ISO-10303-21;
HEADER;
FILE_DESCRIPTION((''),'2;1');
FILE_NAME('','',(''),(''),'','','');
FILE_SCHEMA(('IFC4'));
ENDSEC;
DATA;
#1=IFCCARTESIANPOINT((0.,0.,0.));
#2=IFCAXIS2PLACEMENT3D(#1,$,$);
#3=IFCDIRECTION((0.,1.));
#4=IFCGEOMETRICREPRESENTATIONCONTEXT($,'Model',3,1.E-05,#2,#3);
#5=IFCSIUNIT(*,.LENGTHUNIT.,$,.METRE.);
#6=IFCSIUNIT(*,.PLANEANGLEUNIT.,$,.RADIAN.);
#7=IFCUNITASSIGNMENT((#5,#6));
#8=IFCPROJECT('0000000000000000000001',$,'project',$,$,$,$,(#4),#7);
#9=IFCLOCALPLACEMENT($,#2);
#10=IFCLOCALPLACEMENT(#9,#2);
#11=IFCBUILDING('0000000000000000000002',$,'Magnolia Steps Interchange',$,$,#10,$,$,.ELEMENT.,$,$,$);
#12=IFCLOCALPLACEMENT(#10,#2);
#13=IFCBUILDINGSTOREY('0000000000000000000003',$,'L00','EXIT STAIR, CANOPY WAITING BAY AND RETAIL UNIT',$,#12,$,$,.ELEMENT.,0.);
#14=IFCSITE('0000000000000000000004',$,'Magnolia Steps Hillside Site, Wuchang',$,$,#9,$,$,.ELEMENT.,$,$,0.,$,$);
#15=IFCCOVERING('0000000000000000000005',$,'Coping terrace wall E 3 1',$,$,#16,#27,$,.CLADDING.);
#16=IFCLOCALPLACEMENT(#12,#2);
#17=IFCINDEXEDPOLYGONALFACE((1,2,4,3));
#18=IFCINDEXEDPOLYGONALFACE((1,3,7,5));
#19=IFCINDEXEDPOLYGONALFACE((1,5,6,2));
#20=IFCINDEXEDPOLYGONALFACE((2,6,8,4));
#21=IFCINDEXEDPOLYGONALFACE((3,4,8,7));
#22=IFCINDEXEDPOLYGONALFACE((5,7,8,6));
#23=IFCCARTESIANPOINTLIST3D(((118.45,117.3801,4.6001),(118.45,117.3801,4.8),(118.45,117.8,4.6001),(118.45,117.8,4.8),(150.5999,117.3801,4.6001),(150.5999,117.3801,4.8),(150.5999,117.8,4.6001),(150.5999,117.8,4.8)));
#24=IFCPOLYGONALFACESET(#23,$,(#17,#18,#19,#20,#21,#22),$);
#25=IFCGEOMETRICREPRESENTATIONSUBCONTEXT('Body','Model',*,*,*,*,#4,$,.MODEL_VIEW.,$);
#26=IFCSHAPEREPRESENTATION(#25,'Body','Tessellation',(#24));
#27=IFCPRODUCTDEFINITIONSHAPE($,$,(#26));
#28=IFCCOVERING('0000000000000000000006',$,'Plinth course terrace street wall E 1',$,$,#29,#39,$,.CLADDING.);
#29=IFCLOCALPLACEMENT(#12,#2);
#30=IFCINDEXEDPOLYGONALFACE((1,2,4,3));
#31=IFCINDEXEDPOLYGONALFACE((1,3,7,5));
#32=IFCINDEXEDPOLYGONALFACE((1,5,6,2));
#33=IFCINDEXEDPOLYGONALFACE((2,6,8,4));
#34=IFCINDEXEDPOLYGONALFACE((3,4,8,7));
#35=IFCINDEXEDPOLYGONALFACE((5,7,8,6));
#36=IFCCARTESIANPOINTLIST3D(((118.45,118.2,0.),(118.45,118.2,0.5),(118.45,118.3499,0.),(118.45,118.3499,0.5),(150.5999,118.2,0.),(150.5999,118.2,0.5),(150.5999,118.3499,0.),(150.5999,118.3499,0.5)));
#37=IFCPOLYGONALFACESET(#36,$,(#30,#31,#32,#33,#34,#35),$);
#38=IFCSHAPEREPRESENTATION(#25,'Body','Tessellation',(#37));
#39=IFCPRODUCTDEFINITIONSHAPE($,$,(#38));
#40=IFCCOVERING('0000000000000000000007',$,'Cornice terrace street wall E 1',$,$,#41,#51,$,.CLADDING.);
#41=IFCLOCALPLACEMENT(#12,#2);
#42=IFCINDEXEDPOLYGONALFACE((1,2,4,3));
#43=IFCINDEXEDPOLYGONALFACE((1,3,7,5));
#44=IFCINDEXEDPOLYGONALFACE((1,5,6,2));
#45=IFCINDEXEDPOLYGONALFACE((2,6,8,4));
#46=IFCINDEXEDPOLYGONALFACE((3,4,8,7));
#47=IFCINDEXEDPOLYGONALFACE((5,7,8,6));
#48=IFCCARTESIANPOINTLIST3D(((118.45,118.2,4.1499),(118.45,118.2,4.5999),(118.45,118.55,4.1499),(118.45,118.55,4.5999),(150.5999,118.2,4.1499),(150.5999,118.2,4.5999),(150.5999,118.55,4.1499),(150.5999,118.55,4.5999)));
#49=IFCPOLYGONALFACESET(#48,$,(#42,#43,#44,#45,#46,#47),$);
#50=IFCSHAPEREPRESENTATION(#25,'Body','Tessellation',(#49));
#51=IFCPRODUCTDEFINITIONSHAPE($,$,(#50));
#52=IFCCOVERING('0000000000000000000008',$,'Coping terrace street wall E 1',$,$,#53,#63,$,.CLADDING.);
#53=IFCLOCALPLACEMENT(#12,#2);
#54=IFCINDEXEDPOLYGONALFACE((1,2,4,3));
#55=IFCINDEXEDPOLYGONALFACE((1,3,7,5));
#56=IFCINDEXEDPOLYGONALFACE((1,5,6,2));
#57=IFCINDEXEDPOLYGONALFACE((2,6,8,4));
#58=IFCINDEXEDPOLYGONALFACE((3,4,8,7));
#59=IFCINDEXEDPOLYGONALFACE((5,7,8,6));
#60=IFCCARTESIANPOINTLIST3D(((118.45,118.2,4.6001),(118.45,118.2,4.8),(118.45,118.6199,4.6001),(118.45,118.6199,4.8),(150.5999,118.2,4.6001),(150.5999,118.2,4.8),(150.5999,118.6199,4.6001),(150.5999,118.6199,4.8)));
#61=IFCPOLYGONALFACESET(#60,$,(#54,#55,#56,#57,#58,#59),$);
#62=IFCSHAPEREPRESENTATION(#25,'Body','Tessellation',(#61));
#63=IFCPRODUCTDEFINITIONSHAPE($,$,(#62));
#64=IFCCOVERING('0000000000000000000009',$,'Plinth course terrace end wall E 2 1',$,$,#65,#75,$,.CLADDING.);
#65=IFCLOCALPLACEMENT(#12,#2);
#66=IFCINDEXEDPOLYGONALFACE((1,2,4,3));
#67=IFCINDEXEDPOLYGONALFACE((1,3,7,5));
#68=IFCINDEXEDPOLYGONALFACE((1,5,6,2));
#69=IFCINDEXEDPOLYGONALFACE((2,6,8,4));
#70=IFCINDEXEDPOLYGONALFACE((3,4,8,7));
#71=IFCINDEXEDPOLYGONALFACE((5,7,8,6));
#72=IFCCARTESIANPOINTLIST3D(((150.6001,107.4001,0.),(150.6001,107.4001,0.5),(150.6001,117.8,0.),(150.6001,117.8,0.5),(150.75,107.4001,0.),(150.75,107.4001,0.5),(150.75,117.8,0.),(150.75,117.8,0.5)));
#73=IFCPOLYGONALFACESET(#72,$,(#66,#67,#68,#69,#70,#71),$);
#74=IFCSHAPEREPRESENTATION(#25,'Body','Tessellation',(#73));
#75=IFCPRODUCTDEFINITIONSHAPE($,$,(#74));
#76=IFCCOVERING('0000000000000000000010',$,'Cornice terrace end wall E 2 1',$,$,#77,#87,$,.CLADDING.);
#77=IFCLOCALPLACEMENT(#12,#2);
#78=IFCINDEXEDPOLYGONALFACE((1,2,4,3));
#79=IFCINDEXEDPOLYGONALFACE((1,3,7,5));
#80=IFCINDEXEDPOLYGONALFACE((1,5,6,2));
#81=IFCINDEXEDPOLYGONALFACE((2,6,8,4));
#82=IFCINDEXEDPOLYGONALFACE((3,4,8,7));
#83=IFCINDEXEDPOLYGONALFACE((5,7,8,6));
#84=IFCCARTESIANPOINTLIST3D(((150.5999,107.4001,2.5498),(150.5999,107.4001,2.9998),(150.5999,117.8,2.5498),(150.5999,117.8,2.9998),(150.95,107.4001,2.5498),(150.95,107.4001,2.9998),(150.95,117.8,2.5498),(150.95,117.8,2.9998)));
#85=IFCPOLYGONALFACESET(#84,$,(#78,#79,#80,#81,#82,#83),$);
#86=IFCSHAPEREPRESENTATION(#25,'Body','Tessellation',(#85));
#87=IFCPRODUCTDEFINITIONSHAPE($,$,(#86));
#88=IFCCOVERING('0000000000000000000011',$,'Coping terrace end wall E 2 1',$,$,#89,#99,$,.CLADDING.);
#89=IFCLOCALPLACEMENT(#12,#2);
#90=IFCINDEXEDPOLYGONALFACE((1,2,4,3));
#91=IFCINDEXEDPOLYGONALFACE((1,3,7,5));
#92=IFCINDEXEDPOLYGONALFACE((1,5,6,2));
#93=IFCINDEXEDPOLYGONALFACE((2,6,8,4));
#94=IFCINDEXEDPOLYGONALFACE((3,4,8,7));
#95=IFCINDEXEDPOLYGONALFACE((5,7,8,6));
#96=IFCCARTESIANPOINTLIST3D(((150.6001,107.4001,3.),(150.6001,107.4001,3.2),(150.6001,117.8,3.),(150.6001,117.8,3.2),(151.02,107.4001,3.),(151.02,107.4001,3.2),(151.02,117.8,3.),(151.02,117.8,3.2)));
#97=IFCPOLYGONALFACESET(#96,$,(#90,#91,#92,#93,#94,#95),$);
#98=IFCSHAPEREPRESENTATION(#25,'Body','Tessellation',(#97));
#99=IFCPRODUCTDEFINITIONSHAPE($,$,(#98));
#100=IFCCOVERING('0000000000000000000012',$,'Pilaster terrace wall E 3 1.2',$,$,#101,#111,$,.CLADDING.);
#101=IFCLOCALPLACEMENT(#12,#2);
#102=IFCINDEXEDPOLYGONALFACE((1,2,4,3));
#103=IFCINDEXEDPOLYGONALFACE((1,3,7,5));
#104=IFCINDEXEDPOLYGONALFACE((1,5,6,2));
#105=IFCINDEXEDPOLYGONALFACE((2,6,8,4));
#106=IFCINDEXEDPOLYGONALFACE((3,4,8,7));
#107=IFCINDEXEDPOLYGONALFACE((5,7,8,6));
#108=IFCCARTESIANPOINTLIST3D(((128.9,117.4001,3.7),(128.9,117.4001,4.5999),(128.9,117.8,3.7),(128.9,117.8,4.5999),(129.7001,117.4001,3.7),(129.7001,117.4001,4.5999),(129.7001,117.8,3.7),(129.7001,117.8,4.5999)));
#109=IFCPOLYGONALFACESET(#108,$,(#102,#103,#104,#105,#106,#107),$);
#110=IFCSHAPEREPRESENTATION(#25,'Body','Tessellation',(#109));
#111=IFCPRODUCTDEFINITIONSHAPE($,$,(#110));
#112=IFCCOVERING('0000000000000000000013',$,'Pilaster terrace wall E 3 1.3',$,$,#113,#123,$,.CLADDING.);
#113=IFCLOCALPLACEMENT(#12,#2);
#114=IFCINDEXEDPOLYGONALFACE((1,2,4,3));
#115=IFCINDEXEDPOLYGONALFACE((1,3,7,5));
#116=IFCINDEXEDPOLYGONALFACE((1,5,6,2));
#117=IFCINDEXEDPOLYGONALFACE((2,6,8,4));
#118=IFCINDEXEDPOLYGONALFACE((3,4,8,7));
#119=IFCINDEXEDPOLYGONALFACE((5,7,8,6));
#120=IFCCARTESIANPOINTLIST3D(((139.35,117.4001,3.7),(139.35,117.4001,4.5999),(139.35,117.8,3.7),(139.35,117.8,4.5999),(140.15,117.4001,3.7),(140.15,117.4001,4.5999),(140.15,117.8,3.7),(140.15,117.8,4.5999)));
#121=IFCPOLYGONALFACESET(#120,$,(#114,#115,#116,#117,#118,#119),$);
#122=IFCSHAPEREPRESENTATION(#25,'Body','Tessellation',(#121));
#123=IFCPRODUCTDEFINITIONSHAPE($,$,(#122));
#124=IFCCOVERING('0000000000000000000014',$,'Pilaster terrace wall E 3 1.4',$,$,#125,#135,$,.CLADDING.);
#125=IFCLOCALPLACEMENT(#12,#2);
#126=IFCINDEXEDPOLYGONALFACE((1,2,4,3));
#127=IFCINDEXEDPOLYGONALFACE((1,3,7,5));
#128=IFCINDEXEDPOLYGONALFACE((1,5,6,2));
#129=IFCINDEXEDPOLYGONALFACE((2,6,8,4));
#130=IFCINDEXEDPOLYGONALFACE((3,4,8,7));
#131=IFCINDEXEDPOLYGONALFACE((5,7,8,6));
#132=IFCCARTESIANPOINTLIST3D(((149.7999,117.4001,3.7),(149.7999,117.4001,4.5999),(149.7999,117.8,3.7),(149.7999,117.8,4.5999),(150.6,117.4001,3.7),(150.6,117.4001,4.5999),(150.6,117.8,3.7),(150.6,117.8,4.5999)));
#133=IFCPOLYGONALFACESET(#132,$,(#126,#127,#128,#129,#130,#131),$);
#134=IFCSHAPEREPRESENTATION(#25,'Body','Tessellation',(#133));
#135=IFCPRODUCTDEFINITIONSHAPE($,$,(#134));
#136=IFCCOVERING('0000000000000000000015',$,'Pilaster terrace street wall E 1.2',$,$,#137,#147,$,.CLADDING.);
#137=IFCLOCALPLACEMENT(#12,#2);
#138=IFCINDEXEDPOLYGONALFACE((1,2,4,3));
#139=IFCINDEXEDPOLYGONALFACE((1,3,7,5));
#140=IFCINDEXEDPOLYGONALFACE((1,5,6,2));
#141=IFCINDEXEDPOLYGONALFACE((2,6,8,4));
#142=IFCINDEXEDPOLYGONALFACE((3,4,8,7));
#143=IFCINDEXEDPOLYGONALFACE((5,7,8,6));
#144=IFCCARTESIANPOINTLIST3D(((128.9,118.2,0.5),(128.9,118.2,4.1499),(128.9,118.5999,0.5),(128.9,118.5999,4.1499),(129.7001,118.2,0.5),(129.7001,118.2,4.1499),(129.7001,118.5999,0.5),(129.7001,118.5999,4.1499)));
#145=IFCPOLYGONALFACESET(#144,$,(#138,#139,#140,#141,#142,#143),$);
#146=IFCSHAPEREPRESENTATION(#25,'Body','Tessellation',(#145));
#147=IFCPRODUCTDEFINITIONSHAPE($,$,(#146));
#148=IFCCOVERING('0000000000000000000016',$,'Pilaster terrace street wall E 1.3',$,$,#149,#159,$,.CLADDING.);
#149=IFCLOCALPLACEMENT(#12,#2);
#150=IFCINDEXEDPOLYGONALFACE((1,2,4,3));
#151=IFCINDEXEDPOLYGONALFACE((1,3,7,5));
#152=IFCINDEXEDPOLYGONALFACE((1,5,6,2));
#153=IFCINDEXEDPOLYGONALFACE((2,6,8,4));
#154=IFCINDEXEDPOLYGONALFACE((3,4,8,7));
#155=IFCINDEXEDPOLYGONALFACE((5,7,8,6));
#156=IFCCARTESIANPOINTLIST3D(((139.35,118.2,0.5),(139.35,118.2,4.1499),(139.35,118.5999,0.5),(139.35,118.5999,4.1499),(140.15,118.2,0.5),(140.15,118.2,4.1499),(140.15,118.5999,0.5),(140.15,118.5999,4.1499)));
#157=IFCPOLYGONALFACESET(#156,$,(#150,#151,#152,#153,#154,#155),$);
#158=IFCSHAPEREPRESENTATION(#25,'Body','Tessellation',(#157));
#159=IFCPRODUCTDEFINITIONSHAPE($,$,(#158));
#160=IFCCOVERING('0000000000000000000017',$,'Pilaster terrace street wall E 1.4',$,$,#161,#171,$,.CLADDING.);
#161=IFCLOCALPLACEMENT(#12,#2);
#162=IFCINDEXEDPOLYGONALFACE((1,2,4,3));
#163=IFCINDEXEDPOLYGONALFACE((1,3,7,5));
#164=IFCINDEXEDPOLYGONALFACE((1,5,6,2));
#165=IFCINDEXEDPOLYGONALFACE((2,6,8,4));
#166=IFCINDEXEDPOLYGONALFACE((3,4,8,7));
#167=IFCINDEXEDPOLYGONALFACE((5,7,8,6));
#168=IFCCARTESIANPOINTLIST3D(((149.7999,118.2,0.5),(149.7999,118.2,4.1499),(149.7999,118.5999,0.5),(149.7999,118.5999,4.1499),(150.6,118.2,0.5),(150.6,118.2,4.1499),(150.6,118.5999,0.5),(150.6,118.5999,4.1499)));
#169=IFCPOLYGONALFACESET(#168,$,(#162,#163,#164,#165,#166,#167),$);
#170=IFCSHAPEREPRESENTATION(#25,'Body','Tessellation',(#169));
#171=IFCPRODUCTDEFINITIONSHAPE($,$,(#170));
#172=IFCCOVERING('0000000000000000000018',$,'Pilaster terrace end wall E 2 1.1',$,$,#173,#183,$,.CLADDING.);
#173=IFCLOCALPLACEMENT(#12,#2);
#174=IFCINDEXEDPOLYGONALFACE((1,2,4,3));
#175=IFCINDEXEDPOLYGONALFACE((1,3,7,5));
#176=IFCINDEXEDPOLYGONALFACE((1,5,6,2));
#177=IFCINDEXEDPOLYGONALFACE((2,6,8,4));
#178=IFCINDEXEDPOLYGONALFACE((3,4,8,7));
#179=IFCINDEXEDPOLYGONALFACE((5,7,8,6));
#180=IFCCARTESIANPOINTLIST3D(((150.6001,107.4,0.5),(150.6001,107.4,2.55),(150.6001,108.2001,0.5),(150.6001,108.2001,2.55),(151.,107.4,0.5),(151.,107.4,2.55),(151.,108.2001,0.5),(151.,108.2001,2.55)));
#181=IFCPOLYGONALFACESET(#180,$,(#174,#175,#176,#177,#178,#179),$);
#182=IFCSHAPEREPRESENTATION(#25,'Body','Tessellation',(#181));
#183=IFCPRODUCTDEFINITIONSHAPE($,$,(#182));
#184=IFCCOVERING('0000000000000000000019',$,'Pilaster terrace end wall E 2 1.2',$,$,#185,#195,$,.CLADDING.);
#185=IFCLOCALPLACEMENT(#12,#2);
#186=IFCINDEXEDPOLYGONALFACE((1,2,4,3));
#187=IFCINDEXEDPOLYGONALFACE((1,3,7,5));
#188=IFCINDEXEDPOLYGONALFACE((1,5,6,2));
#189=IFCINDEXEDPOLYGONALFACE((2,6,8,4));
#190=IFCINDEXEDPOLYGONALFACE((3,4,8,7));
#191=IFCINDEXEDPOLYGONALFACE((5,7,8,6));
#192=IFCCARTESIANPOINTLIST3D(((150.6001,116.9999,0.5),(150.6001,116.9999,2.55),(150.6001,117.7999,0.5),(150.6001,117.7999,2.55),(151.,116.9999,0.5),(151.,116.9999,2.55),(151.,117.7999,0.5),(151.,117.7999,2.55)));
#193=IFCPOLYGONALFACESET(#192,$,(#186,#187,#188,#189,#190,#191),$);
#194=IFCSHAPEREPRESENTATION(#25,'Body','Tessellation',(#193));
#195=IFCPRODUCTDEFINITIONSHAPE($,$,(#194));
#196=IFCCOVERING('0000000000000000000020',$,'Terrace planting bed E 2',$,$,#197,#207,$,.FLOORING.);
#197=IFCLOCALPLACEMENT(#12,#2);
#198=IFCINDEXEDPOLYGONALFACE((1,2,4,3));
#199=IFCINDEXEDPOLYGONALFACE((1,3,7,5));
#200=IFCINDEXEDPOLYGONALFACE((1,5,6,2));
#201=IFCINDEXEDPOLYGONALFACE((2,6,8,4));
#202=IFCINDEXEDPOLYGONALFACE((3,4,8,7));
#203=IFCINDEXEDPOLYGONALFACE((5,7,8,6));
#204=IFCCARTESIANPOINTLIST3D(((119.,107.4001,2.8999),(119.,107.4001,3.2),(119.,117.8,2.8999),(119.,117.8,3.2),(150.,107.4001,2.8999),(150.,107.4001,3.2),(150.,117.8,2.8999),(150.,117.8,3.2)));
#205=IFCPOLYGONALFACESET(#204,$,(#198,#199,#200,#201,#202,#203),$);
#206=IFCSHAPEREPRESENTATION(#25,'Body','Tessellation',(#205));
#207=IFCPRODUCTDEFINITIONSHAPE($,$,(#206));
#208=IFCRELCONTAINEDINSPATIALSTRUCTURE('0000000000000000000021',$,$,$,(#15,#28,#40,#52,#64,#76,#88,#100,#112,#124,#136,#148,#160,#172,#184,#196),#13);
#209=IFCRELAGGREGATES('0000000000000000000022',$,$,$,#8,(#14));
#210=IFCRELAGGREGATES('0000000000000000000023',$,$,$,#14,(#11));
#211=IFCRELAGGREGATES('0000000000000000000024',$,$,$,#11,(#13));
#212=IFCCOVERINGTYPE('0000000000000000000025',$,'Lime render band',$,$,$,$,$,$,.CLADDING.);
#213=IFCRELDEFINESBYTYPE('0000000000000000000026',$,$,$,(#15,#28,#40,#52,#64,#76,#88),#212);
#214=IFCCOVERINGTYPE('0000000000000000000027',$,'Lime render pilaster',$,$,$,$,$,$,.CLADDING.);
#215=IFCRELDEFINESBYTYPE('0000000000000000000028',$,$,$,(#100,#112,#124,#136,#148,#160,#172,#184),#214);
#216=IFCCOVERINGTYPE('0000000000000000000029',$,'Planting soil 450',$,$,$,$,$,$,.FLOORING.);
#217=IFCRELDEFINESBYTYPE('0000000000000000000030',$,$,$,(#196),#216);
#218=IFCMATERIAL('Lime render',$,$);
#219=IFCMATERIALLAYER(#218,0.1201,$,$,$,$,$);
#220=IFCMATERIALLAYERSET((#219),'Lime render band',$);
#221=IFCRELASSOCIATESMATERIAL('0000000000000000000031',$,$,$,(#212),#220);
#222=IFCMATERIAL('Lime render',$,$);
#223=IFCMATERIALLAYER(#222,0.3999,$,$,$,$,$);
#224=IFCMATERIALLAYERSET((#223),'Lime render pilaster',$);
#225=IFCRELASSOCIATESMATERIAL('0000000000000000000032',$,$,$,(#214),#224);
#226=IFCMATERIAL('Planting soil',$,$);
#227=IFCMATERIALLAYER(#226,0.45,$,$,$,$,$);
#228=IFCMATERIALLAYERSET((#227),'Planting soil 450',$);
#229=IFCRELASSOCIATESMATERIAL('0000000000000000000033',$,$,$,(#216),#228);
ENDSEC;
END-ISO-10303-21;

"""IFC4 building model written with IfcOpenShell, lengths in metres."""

from ifc_helpers import new_model, si_unit, direction, frame, origin, origin_2d, place, context, subcontext, project, spatial, rectangle, extrude, material, layer, layer_set, type_object, element, save


model = new_model("IFC4")

# Units and contexts
model_context = context("Model", 3, precision=1e-05, world=origin(), true_north=direction((0.0, 1.0)))
body_context = subcontext(model_context, "Body", "Model", "MODEL_VIEW")
ifc_project = project(units=[si_unit("LENGTHUNIT", "METRE"), si_unit("PLANEANGLEUNIT", "RADIAN")], contexts=[model_context])

# Site, building, storey
site_placement = place(None, origin())
site = spatial("IfcSite", under=ifc_project, at=site_placement, Name="Magnolia Steps Hillside Site, Wuchang", CompositionType="ELEMENT", RefElevation=0.0)
building_placement = place(site_placement, origin())
building = spatial("IfcBuilding", under=site, at=building_placement, Name="Magnolia Steps Interchange", CompositionType="ELEMENT")
storey_placement = place(building_placement, origin())
storey = spatial("IfcBuildingStorey", under=building, at=storey_placement, Name="L00", Description="EXIT STAIR, CANOPY WAITING BAY AND RETAIL UNIT", CompositionType="ELEMENT", Elevation=0.0)

# Coverings
ifc_material_1 = material(Name="Lime render")
ifc_layer_1 = layer(ifc_material_1, 0.1201)
ifc_layer_set_1 = layer_set([ifc_layer_1], Name="Lime render band")
covering_type_1 = type_object("IfcCoveringType", Name="Lime render band", PredefinedType="CLADDING", material=ifc_layer_set_1)
covering_1_placement = place(storey_placement, frame((134.5249, 117.5901, 4.6001), z_axis=(0.0, 0.0, 1.0), x_axis=(1.0, 0.0, 0.0)))
element("IfcCovering", 1, at=covering_1_placement, inside=storey, type_object=covering_type_1, Name="Coping terrace wall E 3 1", PredefinedType="CLADDING", context=body_context, shape_type="SweptSolid", body=[
    extrude(rectangle(XDim=32.1499, YDim=0.4199, at=origin_2d()), origin(), (0.0, 0.0, 1.0), 0.2),
])
covering_2_placement = place(storey_placement, frame((134.5249, 118.2749, 0.0), z_axis=(0.0, 0.0, 1.0), x_axis=(1.0, 0.0, 0.0)))
element("IfcCovering", 2, at=covering_2_placement, inside=storey, type_object=covering_type_1, Name="Plinth course terrace street wall E 1", PredefinedType="CLADDING", context=body_context, shape_type="SweptSolid", body=[
    extrude(rectangle(XDim=32.1499, YDim=0.1499, at=origin_2d()), origin(), (0.0, 0.0, 1.0), 0.5),
])
covering_3_placement = place(storey_placement, frame((134.5249, 118.375, 4.1499), z_axis=(0.0, 0.0, 1.0), x_axis=(1.0, 0.0, 0.0)))
element("IfcCovering", 3, at=covering_3_placement, inside=storey, type_object=covering_type_1, Name="Cornice terrace street wall E 1", PredefinedType="CLADDING", context=body_context, shape_type="SweptSolid", body=[
    extrude(rectangle(XDim=32.1499, YDim=0.3501, at=origin_2d()), origin(), (0.0, 0.0, 1.0), 0.45),
])
covering_4_placement = place(storey_placement, frame((134.5249, 118.4099, 4.6001), z_axis=(0.0, 0.0, 1.0), x_axis=(1.0, 0.0, 0.0)))
element("IfcCovering", 4, at=covering_4_placement, inside=storey, type_object=covering_type_1, Name="Coping terrace street wall E 1", PredefinedType="CLADDING", context=body_context, shape_type="SweptSolid", body=[
    extrude(rectangle(XDim=32.1499, YDim=0.4199, at=origin_2d()), origin(), (0.0, 0.0, 1.0), 0.2),
])
covering_5_placement = place(storey_placement, frame((150.675, 112.6001, 0.0), z_axis=(0.0, 0.0, 1.0), x_axis=(1.0, 0.0, 0.0)))
element("IfcCovering", 5, at=covering_5_placement, inside=storey, type_object=covering_type_1, Name="Plinth course terrace end wall E 2 1", PredefinedType="CLADDING", context=body_context, shape_type="SweptSolid", body=[
    extrude(rectangle(XDim=0.1499, YDim=10.3999, at=origin_2d()), origin(), (0.0, 0.0, 1.0), 0.5),
])
covering_6_placement = place(storey_placement, frame((150.7749, 112.6001, 2.5498), z_axis=(0.0, 0.0, 1.0), x_axis=(1.0, 0.0, 0.0)))
element("IfcCovering", 6, at=covering_6_placement, inside=storey, type_object=covering_type_1, Name="Cornice terrace end wall E 2 1", PredefinedType="CLADDING", context=body_context, shape_type="SweptSolid", body=[
    extrude(rectangle(XDim=0.3501, YDim=10.3999, at=origin_2d()), origin(), (0.0, 0.0, 1.0), 0.45),
])
covering_7_placement = place(storey_placement, frame((150.8101, 112.6001, 3.0), z_axis=(0.0, 0.0, 1.0), x_axis=(1.0, 0.0, 0.0)))
element("IfcCovering", 7, at=covering_7_placement, inside=storey, type_object=covering_type_1, Name="Coping terrace end wall E 2 1", PredefinedType="CLADDING", context=body_context, shape_type="SweptSolid", body=[
    extrude(rectangle(XDim=0.4199, YDim=10.3999, at=origin_2d()), origin(), (0.0, 0.0, 1.0), 0.2),
])
ifc_material_2 = material(Name="Lime render")
ifc_layer_2 = layer(ifc_material_2, 0.3999)
ifc_layer_set_2 = layer_set([ifc_layer_2], Name="Lime render pilaster")
covering_type_2 = type_object("IfcCoveringType", Name="Lime render pilaster", PredefinedType="CLADDING", material=ifc_layer_set_2)
for number, where, z_axis, x_axis, name in (
    (8, (129.3, 117.6001, 3.7), (0.0, 0.0, 1.0), (1.0, 0.0, 0.0), "Pilaster terrace wall E 3 1.2"),
    (9, (139.75, 117.6001, 3.7), (0.0, 0.0, 1.0), (1.0, 0.0, 0.0), "Pilaster terrace wall E 3 1.3"),
    (10, (150.2, 117.6001, 3.7), (0.0, 0.0, 1.0), (1.0, 0.0, 0.0), "Pilaster terrace wall E 3 1.4"),
):
    element("IfcCovering", number, at=place(storey_placement, frame(where, z_axis=z_axis, x_axis=x_axis)), inside=storey, type_object=covering_type_2, Name=name, PredefinedType="CLADDING", context=body_context, shape_type="SweptSolid", body=[
        extrude(rectangle(XDim=0.8, YDim=0.3999, at=origin_2d()), origin(), (0.0, 0.0, 1.0), 0.8999),
    ])
for number, where, z_axis, x_axis, name in (
    (11, (129.3, 118.3999, 0.5), (0.0, 0.0, 1.0), (1.0, 0.0, 0.0), "Pilaster terrace street wall E 1.2"),
    (12, (139.75, 118.3999, 0.5), (0.0, 0.0, 1.0), (1.0, 0.0, 0.0), "Pilaster terrace street wall E 1.3"),
    (13, (150.2, 118.3999, 0.5), (0.0, 0.0, 1.0), (1.0, 0.0, 0.0), "Pilaster terrace street wall E 1.4"),
):
    element("IfcCovering", number, at=place(storey_placement, frame(where, z_axis=z_axis, x_axis=x_axis)), inside=storey, type_object=covering_type_2, Name=name, PredefinedType="CLADDING", context=body_context, shape_type="SweptSolid", body=[
        extrude(rectangle(XDim=0.8, YDim=0.3999, at=origin_2d()), origin(), (0.0, 0.0, 1.0), 3.6499),
    ])
for number, where, z_axis, x_axis, name in (
    (14, (150.8, 107.8, 0.5), (0.0, 0.0, 1.0), (1.0, 0.0, 0.0), "Pilaster terrace end wall E 2 1.1"),
    (15, (150.8, 117.3999, 0.5), (0.0, 0.0, 1.0), (1.0, 0.0, 0.0), "Pilaster terrace end wall E 2 1.2"),
):
    element("IfcCovering", number, at=place(storey_placement, frame(where, z_axis=z_axis, x_axis=x_axis)), inside=storey, type_object=covering_type_2, Name=name, PredefinedType="CLADDING", context=body_context, shape_type="SweptSolid", body=[
        extrude(rectangle(XDim=0.3999, YDim=0.8, at=origin_2d()), origin(), (0.0, 0.0, 1.0), 2.05),
    ])
ifc_material_3 = material(Name="Planting soil")
ifc_layer_3 = layer(ifc_material_3, 0.45)
ifc_layer_set_3 = layer_set([ifc_layer_3], Name="Planting soil 450")
covering_type_3 = type_object("IfcCoveringType", Name="Planting soil 450", PredefinedType="FLOORING", material=ifc_layer_set_3)
covering_8_placement = place(storey_placement, frame((134.5, 112.6001, 2.8999), z_axis=(0.0, 0.0, 1.0), x_axis=(1.0, 0.0, 0.0)))
element("IfcCovering", 16, at=covering_8_placement, inside=storey, type_object=covering_type_3, Name="Terrace planting bed E 2", PredefinedType="FLOORING", context=body_context, shape_type="SweptSolid", body=[
    extrude(rectangle(XDim=31.0, YDim=10.3999, at=origin_2d()), origin(), (0.0, 0.0, 1.0), 0.3),
])

save(model, "model.ifc")
